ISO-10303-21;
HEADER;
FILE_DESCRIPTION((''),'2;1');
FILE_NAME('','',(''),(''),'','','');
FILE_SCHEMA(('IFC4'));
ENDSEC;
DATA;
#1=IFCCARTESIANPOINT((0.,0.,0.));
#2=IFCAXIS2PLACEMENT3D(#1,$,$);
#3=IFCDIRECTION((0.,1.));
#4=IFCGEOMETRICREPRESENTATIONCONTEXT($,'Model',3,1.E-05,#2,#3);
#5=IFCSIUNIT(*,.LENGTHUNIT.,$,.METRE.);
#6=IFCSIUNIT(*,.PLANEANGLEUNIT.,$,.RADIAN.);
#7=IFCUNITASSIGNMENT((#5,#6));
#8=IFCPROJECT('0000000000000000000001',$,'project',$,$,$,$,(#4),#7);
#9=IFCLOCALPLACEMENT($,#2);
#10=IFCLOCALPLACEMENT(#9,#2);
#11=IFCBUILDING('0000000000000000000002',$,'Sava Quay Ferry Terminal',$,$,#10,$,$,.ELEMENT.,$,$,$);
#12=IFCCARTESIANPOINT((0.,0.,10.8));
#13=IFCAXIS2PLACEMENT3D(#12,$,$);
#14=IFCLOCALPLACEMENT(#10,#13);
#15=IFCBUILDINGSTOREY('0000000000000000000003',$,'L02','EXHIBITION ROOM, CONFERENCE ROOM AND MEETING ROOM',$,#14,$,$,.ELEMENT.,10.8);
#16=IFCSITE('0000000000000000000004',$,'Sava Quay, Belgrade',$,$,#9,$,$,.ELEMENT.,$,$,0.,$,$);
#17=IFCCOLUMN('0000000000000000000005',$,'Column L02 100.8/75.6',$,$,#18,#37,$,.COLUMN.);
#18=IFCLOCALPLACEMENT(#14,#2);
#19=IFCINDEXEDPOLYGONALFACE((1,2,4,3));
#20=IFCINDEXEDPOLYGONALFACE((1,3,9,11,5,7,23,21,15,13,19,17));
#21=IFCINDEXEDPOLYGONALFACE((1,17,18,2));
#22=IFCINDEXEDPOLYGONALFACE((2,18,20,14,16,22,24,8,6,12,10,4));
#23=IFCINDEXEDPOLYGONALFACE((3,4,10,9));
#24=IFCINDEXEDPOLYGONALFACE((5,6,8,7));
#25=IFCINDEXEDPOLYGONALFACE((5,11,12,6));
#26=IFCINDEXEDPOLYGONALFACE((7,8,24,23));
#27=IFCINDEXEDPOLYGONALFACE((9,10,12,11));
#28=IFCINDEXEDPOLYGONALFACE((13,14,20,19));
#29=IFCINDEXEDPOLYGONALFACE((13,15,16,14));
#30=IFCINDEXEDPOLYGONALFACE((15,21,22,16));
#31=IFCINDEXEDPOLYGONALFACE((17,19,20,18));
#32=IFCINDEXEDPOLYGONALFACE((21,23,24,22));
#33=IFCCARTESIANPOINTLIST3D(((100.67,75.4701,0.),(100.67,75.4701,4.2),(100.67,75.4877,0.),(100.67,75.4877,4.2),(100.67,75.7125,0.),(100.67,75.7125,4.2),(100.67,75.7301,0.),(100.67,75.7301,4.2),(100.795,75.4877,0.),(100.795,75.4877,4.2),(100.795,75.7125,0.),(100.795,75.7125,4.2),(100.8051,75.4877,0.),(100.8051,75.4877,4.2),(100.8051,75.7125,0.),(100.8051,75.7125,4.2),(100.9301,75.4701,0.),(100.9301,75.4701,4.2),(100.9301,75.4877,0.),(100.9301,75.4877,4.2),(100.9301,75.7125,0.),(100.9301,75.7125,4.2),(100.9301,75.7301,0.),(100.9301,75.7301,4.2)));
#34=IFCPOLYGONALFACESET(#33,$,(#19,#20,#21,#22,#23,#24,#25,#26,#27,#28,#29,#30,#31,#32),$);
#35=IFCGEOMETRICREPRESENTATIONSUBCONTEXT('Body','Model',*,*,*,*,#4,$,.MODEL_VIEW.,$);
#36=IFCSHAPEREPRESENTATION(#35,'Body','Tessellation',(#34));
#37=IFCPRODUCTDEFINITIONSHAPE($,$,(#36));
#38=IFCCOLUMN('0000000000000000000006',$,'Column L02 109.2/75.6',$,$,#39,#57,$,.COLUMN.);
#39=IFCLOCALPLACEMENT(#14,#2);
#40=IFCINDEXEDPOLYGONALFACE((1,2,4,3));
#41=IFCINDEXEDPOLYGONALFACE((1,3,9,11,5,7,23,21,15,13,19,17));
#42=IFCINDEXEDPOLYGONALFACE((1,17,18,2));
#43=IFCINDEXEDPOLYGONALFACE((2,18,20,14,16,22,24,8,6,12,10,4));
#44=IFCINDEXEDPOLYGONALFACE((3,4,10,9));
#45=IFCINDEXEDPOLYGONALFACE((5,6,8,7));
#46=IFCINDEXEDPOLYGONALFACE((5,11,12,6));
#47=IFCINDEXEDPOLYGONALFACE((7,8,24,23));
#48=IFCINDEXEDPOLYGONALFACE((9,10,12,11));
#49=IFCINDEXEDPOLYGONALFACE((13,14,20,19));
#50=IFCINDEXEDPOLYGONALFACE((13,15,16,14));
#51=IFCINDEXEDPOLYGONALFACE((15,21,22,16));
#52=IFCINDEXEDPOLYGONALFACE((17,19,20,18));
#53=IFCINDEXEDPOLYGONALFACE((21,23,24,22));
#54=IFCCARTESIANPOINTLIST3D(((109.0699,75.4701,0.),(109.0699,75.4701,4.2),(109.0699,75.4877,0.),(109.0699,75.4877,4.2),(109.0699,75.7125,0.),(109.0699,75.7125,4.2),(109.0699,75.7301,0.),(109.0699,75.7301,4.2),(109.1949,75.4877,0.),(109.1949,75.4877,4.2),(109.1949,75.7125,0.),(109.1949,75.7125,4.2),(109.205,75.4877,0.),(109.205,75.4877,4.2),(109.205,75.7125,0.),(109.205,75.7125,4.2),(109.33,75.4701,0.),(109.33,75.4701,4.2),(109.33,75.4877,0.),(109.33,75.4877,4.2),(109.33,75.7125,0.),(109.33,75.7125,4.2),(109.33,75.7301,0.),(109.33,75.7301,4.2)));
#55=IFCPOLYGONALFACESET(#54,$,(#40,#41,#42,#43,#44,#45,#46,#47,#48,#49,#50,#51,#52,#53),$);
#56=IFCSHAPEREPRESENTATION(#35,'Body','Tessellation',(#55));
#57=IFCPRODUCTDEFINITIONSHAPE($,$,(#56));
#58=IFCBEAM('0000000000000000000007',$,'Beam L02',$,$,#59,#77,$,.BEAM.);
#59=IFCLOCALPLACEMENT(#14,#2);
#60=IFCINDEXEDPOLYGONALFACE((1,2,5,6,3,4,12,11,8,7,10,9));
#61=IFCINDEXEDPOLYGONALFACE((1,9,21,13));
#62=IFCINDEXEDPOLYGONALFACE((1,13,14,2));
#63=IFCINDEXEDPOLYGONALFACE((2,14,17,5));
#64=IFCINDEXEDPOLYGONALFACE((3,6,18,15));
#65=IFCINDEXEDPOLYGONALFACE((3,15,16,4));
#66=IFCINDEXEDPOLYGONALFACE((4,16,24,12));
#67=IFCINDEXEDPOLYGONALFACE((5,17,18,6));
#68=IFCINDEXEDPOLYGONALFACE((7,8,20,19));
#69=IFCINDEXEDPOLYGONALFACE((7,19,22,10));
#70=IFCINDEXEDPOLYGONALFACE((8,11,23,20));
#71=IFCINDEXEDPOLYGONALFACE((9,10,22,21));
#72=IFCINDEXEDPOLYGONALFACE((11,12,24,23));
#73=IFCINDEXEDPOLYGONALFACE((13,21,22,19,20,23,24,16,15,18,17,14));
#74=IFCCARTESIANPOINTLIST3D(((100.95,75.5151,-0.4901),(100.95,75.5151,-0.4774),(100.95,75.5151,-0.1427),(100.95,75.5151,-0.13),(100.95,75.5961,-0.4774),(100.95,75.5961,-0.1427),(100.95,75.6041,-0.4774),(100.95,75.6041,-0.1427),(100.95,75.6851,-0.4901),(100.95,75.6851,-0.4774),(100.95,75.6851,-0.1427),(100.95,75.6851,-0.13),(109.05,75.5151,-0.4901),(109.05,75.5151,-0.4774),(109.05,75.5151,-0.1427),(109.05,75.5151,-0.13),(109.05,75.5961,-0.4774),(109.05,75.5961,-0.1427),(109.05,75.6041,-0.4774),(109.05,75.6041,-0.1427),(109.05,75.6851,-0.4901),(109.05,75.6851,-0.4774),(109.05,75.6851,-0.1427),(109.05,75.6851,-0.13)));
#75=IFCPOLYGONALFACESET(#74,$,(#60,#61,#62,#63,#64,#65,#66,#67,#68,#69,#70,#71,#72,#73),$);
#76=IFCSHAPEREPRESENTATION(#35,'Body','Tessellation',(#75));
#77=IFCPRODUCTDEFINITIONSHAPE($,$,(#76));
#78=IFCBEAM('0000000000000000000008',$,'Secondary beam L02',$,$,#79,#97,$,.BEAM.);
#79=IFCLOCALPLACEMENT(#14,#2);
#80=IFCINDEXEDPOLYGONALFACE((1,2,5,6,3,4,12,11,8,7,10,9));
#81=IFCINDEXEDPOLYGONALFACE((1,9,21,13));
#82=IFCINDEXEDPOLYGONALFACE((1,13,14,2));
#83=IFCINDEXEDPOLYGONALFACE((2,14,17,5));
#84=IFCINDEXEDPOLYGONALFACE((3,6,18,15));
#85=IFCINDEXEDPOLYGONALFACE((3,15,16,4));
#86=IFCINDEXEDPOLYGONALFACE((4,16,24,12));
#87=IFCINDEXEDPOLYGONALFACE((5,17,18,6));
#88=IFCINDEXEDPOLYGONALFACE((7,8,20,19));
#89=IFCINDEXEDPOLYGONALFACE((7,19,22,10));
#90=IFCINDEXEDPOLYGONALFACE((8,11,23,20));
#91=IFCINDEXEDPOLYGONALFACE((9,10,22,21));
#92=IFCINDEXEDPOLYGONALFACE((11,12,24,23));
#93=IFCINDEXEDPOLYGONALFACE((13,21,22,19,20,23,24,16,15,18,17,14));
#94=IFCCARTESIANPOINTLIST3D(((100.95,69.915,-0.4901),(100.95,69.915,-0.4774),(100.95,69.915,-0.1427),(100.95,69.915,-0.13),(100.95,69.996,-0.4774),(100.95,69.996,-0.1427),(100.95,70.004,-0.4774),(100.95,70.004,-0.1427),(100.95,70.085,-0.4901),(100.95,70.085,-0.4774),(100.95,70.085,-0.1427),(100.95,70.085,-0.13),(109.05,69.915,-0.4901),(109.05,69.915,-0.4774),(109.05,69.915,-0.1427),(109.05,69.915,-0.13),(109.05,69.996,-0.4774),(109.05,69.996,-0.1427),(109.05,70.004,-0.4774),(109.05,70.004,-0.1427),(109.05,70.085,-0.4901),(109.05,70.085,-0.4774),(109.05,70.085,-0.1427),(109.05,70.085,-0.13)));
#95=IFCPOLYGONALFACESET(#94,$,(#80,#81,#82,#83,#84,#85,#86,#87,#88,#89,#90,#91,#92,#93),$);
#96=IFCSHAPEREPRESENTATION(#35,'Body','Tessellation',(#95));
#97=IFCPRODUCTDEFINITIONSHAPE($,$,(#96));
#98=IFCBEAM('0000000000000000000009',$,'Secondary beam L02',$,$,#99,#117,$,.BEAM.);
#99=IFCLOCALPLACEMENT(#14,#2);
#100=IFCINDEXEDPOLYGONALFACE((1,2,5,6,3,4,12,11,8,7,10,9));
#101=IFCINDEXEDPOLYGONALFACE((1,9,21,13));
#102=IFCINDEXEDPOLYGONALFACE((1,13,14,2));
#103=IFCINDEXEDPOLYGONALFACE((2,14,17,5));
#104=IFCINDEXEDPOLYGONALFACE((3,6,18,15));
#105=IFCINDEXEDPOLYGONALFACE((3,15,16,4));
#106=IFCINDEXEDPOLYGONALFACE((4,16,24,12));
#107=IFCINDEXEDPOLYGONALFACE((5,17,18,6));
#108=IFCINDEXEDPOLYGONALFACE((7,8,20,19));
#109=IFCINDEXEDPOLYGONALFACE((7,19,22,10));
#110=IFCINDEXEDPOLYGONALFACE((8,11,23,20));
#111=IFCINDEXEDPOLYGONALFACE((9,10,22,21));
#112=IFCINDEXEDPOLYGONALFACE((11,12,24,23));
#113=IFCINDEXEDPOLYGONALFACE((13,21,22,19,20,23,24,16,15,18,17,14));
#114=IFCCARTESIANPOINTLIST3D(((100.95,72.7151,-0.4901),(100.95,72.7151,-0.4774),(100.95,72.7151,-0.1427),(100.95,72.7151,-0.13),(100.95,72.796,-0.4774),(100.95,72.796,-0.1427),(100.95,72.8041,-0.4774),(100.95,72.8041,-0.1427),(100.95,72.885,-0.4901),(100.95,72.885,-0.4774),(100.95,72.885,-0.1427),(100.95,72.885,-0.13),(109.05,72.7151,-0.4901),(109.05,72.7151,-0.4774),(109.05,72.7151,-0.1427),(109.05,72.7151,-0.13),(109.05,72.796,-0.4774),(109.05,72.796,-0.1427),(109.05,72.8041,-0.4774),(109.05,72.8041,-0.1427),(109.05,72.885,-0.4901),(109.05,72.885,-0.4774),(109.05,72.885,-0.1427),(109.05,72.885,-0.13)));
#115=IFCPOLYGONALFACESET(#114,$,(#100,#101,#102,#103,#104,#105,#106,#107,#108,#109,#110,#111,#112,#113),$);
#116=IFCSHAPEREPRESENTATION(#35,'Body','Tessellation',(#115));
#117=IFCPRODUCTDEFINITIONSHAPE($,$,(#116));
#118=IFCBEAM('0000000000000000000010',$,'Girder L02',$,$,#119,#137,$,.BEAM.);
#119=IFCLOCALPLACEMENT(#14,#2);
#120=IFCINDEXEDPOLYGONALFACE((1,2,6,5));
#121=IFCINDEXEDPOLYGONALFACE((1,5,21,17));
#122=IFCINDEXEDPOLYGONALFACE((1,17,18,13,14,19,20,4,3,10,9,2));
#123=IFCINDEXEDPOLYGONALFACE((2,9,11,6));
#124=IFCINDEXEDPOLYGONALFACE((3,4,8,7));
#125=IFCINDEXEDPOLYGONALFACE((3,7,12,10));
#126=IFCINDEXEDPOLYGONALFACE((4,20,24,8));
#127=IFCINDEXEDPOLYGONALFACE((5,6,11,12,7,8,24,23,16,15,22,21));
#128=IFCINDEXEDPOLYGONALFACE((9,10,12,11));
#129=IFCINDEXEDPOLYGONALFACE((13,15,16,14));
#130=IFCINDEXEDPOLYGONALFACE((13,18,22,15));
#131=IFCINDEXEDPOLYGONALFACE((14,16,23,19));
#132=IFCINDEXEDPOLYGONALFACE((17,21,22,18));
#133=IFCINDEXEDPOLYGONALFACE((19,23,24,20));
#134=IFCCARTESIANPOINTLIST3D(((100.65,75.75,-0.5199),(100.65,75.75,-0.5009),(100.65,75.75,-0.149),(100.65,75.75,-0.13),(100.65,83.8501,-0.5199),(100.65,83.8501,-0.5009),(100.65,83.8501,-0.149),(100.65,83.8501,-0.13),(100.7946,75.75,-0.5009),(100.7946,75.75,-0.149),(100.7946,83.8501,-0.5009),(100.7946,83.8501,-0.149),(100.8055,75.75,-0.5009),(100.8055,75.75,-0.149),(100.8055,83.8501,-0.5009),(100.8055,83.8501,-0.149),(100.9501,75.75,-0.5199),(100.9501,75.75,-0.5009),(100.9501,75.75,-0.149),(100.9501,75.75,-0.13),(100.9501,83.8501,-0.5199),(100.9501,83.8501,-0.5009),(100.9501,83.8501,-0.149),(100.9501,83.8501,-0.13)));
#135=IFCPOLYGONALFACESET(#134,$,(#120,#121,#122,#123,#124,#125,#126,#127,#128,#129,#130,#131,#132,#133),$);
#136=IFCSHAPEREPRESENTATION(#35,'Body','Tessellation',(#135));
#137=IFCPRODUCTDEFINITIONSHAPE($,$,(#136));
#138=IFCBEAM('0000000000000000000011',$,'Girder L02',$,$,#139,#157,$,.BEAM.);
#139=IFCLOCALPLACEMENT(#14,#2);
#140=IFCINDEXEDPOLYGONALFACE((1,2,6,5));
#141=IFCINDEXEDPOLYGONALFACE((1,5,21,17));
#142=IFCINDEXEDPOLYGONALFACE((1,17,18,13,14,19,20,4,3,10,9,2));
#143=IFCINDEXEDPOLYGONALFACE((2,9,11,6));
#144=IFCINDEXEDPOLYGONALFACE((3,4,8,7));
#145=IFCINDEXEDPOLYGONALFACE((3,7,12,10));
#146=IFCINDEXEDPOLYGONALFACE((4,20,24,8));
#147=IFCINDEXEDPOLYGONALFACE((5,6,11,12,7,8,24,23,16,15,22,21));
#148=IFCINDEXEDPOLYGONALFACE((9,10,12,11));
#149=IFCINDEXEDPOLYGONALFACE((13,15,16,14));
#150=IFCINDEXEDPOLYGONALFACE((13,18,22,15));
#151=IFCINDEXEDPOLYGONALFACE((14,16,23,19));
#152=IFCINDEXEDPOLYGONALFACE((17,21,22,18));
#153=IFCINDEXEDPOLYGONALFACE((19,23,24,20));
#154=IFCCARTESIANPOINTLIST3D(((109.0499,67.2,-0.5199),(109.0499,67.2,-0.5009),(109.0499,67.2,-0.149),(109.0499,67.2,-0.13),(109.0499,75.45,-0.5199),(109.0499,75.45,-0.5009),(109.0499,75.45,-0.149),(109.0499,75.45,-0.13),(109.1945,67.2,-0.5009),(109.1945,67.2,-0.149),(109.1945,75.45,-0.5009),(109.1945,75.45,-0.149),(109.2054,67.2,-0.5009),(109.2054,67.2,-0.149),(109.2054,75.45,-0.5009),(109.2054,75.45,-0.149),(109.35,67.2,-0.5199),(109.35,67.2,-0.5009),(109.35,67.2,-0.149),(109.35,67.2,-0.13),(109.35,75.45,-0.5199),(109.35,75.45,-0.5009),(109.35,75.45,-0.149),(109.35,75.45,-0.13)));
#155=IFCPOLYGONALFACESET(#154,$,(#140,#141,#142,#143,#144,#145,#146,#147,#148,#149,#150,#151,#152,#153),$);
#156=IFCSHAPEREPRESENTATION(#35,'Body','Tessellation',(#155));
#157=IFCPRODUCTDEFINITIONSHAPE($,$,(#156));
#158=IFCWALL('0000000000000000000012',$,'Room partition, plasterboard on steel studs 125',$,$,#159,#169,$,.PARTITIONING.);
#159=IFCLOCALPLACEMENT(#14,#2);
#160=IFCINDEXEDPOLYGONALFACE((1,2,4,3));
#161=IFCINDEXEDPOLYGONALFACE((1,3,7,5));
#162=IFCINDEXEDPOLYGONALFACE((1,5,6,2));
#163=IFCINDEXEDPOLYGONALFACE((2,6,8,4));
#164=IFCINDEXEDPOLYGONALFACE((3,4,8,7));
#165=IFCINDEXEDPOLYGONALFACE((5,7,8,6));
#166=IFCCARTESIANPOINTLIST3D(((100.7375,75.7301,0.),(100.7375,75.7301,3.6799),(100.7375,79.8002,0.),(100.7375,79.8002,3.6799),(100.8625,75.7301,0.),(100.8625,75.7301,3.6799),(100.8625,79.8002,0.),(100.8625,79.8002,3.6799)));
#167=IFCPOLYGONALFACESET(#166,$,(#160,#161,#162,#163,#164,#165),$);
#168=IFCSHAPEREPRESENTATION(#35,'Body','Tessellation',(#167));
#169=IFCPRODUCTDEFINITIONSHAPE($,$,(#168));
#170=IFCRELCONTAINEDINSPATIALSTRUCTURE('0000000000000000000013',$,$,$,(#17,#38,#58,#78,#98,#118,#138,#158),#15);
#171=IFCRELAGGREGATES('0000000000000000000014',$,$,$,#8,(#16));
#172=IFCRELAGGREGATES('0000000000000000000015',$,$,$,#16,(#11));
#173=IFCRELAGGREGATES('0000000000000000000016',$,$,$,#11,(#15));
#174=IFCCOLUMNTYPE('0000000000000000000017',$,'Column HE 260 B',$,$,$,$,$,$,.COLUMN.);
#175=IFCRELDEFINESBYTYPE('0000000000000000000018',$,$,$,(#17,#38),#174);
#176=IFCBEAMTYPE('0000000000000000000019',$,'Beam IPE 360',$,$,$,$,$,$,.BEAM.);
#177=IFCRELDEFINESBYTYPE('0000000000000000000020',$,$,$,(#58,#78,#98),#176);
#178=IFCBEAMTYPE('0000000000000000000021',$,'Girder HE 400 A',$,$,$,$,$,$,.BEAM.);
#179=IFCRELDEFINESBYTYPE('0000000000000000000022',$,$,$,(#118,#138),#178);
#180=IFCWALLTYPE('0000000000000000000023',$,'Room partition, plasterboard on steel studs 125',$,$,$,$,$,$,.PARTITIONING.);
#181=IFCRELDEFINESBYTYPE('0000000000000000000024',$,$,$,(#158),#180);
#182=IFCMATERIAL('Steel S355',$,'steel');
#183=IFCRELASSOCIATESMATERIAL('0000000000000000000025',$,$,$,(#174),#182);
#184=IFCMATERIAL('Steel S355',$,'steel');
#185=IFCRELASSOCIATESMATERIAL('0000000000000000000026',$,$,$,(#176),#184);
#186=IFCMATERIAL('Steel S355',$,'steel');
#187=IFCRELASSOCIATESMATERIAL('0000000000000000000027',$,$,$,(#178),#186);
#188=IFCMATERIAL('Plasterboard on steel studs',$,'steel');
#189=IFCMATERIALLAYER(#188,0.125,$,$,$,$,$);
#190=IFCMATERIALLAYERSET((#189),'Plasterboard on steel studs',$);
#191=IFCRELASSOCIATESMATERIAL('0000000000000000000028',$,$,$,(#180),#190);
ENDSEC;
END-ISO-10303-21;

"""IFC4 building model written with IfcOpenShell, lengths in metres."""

from ifc_helpers import new_model, si_unit, direction, frame, frame_2d, origin, origin_2d, place, context, subcontext, project, spatial, rectangle, i_section, extrude, material, layer, layer_set, material_profile, profile_set, type_object, element, save


model = new_model("IFC4")

# Units and contexts
model_context = context("Model", 3, precision=1e-05, world=origin(), true_north=direction((0.0, 1.0)))
body_context = subcontext(model_context, "Body", "Model", "MODEL_VIEW")
ifc_project = project(units=[si_unit("LENGTHUNIT", "METRE"), si_unit("PLANEANGLEUNIT", "RADIAN")], contexts=[model_context])

# Site, building, storey
site_placement = place(None, origin())
site = spatial("IfcSite", under=ifc_project, at=site_placement, Name="Sava Quay, Belgrade", CompositionType="ELEMENT", RefElevation=0.0)
building_placement = place(site_placement, origin())
building = spatial("IfcBuilding", under=site, at=building_placement, Name="Sava Quay Ferry Terminal", CompositionType="ELEMENT")
storey_placement = place(building_placement, frame((0.0, 0.0, 10.8)))
storey = spatial("IfcBuildingStorey", under=building, at=storey_placement, Name="L02", Description="EXHIBITION ROOM, CONFERENCE ROOM AND MEETING ROOM", CompositionType="ELEMENT", Elevation=10.8)

# Columns
ifc_material_1 = material(Name="Steel S355", Category="steel")
ifc_material_profile_1 = material_profile(ifc_material_1, i_section(OverallWidth=0.26, OverallDepth=0.26, WebThickness=0.01, FlangeThickness=0.0176, at=origin_2d()), Name="HE 260 B")
ifc_profile_set_1 = profile_set([ifc_material_profile_1], Name="Steel S355")
column_type = type_object("IfcColumnType", Name="Column HE 260 B", PredefinedType="COLUMN", material=ifc_profile_set_1)
for number, where, z_axis, x_axis, name in (
    (1, (100.8, 75.6001, 0.0), (0.0, 0.0, 1.0), (1.0, 0.0, 0.0), "Column L02 100.8/75.6"),
    (2, (109.2, 75.6001, 0.0), (0.0, 0.0, 1.0), (1.0, 0.0, 0.0), "Column L02 109.2/75.6"),
):
    element("IfcColumn", number, at=place(storey_placement, frame(where, z_axis=z_axis, x_axis=x_axis)), inside=storey, type_object=column_type, Name=name, PredefinedType="COLUMN", context=body_context, shape_type="SweptSolid", body=[
        extrude(i_section(OverallWidth=0.26, OverallDepth=0.26, WebThickness=0.01, FlangeThickness=0.0176, at=origin_2d()), origin(), (0.0, 0.0, 1.0), 4.2),
    ])

# Beams
ifc_material_2 = material(Name="Steel S355", Category="steel")
ifc_material_profile_2 = material_profile(ifc_material_2, i_section(OverallWidth=0.1699, OverallDepth=0.3601, WebThickness=0.0081, FlangeThickness=0.0127, at=origin_2d()), Name="IPE 360")
ifc_profile_set_2 = profile_set([ifc_material_profile_2], Name="Steel S355")
beam_type_1 = type_object("IfcBeamType", Name="Beam IPE 360", PredefinedType="BEAM", material=ifc_profile_set_2)
for number, where, z_axis, x_axis, name in (
    (3, (100.95, 75.6001, -0.3101), (1.0, 0.0, 0.0), (0.0, 1.0, 0.0), "Beam L02"),
    (4, (100.95, 70.0, -0.3101), (1.0, 0.0, 0.0), (0.0, 1.0, 0.0), "Secondary beam L02"),
    (5, (100.95, 72.8, -0.3101), (1.0, 0.0, 0.0), (0.0, 1.0, 0.0), "Secondary beam L02"),
):
    element("IfcBeam", number, at=place(storey_placement, frame(where, z_axis=z_axis, x_axis=x_axis)), inside=storey, type_object=beam_type_1, Name=name, PredefinedType="BEAM", context=body_context, shape_type="SweptSolid", body=[
        extrude(i_section(OverallWidth=0.1699, OverallDepth=0.3601, WebThickness=0.0081, FlangeThickness=0.0127, at=origin_2d()), origin(), (0.0, 0.0, 1.0), 8.1001),
    ])
ifc_material_3 = material(Name="Steel S355", Category="steel")
ifc_material_profile_3 = material_profile(ifc_material_3, i_section(OverallWidth=0.3, OverallDepth=0.3899, WebThickness=0.011, FlangeThickness=0.019, at=origin_2d()), Name="HE 400 A")
ifc_profile_set_3 = profile_set([ifc_material_profile_3], Name="Steel S355")
beam_type_2 = type_object("IfcBeamType", Name="Girder HE 400 A", PredefinedType="BEAM", material=ifc_profile_set_3)
beam_1_placement = place(storey_placement, frame((100.8, 75.75, -0.325), z_axis=(0.0, 1.0, 0.0), x_axis=(-1.0, 0.0, 0.0)))
element("IfcBeam", 6, at=beam_1_placement, inside=storey, type_object=beam_type_2, Name="Girder L02", PredefinedType="BEAM", context=body_context, shape_type="SweptSolid", body=[
    extrude(i_section(OverallWidth=0.3, OverallDepth=0.3899, WebThickness=0.011, FlangeThickness=0.019, at=origin_2d()), origin(), (0.0, 0.0, 1.0), 8.1001),
])
beam_2_placement = place(storey_placement, frame((109.2, 67.2, -0.325), z_axis=(0.0, 1.0, 0.0), x_axis=(-1.0, 0.0, 0.0)))
element("IfcBeam", 7, at=beam_2_placement, inside=storey, type_object=beam_type_2, Name="Girder L02", PredefinedType="BEAM", context=body_context, shape_type="SweptSolid", body=[
    extrude(i_section(OverallWidth=0.3, OverallDepth=0.3899, WebThickness=0.011, FlangeThickness=0.019, at=origin_2d()), origin(), (0.0, 0.0, 1.0), 8.25),
])

# Wall
ifc_material_4 = material(Name="Plasterboard on steel studs", Category="steel")
ifc_layer_1 = layer(ifc_material_4, 0.125)
ifc_layer_set_1 = layer_set([ifc_layer_1], Name="Plasterboard on steel studs")
wall_type_1 = type_object("IfcWallType", Name="Room partition, plasterboard on steel studs 125", PredefinedType="PARTITIONING", material=ifc_layer_set_1)
wall_1_placement = place(storey_placement, frame((100.8, 75.73, 0.0), z_axis=(0.0, 0.0, 1.0), x_axis=(0.0, 1.0, 0.0)))
element("IfcWall", 8, at=wall_1_placement, inside=storey, type_object=wall_type_1, Name="Room partition, plasterboard on steel studs 125", PredefinedType="PARTITIONING", context=body_context, shape_type="SweptSolid", body=[
    extrude(rectangle(XDim=4.0701, YDim=0.125, at=frame_2d((2.0352, 0.0))), origin(), (0.0, 0.0, 1.0), 3.6799),
])

save(model, "model.ifc")
